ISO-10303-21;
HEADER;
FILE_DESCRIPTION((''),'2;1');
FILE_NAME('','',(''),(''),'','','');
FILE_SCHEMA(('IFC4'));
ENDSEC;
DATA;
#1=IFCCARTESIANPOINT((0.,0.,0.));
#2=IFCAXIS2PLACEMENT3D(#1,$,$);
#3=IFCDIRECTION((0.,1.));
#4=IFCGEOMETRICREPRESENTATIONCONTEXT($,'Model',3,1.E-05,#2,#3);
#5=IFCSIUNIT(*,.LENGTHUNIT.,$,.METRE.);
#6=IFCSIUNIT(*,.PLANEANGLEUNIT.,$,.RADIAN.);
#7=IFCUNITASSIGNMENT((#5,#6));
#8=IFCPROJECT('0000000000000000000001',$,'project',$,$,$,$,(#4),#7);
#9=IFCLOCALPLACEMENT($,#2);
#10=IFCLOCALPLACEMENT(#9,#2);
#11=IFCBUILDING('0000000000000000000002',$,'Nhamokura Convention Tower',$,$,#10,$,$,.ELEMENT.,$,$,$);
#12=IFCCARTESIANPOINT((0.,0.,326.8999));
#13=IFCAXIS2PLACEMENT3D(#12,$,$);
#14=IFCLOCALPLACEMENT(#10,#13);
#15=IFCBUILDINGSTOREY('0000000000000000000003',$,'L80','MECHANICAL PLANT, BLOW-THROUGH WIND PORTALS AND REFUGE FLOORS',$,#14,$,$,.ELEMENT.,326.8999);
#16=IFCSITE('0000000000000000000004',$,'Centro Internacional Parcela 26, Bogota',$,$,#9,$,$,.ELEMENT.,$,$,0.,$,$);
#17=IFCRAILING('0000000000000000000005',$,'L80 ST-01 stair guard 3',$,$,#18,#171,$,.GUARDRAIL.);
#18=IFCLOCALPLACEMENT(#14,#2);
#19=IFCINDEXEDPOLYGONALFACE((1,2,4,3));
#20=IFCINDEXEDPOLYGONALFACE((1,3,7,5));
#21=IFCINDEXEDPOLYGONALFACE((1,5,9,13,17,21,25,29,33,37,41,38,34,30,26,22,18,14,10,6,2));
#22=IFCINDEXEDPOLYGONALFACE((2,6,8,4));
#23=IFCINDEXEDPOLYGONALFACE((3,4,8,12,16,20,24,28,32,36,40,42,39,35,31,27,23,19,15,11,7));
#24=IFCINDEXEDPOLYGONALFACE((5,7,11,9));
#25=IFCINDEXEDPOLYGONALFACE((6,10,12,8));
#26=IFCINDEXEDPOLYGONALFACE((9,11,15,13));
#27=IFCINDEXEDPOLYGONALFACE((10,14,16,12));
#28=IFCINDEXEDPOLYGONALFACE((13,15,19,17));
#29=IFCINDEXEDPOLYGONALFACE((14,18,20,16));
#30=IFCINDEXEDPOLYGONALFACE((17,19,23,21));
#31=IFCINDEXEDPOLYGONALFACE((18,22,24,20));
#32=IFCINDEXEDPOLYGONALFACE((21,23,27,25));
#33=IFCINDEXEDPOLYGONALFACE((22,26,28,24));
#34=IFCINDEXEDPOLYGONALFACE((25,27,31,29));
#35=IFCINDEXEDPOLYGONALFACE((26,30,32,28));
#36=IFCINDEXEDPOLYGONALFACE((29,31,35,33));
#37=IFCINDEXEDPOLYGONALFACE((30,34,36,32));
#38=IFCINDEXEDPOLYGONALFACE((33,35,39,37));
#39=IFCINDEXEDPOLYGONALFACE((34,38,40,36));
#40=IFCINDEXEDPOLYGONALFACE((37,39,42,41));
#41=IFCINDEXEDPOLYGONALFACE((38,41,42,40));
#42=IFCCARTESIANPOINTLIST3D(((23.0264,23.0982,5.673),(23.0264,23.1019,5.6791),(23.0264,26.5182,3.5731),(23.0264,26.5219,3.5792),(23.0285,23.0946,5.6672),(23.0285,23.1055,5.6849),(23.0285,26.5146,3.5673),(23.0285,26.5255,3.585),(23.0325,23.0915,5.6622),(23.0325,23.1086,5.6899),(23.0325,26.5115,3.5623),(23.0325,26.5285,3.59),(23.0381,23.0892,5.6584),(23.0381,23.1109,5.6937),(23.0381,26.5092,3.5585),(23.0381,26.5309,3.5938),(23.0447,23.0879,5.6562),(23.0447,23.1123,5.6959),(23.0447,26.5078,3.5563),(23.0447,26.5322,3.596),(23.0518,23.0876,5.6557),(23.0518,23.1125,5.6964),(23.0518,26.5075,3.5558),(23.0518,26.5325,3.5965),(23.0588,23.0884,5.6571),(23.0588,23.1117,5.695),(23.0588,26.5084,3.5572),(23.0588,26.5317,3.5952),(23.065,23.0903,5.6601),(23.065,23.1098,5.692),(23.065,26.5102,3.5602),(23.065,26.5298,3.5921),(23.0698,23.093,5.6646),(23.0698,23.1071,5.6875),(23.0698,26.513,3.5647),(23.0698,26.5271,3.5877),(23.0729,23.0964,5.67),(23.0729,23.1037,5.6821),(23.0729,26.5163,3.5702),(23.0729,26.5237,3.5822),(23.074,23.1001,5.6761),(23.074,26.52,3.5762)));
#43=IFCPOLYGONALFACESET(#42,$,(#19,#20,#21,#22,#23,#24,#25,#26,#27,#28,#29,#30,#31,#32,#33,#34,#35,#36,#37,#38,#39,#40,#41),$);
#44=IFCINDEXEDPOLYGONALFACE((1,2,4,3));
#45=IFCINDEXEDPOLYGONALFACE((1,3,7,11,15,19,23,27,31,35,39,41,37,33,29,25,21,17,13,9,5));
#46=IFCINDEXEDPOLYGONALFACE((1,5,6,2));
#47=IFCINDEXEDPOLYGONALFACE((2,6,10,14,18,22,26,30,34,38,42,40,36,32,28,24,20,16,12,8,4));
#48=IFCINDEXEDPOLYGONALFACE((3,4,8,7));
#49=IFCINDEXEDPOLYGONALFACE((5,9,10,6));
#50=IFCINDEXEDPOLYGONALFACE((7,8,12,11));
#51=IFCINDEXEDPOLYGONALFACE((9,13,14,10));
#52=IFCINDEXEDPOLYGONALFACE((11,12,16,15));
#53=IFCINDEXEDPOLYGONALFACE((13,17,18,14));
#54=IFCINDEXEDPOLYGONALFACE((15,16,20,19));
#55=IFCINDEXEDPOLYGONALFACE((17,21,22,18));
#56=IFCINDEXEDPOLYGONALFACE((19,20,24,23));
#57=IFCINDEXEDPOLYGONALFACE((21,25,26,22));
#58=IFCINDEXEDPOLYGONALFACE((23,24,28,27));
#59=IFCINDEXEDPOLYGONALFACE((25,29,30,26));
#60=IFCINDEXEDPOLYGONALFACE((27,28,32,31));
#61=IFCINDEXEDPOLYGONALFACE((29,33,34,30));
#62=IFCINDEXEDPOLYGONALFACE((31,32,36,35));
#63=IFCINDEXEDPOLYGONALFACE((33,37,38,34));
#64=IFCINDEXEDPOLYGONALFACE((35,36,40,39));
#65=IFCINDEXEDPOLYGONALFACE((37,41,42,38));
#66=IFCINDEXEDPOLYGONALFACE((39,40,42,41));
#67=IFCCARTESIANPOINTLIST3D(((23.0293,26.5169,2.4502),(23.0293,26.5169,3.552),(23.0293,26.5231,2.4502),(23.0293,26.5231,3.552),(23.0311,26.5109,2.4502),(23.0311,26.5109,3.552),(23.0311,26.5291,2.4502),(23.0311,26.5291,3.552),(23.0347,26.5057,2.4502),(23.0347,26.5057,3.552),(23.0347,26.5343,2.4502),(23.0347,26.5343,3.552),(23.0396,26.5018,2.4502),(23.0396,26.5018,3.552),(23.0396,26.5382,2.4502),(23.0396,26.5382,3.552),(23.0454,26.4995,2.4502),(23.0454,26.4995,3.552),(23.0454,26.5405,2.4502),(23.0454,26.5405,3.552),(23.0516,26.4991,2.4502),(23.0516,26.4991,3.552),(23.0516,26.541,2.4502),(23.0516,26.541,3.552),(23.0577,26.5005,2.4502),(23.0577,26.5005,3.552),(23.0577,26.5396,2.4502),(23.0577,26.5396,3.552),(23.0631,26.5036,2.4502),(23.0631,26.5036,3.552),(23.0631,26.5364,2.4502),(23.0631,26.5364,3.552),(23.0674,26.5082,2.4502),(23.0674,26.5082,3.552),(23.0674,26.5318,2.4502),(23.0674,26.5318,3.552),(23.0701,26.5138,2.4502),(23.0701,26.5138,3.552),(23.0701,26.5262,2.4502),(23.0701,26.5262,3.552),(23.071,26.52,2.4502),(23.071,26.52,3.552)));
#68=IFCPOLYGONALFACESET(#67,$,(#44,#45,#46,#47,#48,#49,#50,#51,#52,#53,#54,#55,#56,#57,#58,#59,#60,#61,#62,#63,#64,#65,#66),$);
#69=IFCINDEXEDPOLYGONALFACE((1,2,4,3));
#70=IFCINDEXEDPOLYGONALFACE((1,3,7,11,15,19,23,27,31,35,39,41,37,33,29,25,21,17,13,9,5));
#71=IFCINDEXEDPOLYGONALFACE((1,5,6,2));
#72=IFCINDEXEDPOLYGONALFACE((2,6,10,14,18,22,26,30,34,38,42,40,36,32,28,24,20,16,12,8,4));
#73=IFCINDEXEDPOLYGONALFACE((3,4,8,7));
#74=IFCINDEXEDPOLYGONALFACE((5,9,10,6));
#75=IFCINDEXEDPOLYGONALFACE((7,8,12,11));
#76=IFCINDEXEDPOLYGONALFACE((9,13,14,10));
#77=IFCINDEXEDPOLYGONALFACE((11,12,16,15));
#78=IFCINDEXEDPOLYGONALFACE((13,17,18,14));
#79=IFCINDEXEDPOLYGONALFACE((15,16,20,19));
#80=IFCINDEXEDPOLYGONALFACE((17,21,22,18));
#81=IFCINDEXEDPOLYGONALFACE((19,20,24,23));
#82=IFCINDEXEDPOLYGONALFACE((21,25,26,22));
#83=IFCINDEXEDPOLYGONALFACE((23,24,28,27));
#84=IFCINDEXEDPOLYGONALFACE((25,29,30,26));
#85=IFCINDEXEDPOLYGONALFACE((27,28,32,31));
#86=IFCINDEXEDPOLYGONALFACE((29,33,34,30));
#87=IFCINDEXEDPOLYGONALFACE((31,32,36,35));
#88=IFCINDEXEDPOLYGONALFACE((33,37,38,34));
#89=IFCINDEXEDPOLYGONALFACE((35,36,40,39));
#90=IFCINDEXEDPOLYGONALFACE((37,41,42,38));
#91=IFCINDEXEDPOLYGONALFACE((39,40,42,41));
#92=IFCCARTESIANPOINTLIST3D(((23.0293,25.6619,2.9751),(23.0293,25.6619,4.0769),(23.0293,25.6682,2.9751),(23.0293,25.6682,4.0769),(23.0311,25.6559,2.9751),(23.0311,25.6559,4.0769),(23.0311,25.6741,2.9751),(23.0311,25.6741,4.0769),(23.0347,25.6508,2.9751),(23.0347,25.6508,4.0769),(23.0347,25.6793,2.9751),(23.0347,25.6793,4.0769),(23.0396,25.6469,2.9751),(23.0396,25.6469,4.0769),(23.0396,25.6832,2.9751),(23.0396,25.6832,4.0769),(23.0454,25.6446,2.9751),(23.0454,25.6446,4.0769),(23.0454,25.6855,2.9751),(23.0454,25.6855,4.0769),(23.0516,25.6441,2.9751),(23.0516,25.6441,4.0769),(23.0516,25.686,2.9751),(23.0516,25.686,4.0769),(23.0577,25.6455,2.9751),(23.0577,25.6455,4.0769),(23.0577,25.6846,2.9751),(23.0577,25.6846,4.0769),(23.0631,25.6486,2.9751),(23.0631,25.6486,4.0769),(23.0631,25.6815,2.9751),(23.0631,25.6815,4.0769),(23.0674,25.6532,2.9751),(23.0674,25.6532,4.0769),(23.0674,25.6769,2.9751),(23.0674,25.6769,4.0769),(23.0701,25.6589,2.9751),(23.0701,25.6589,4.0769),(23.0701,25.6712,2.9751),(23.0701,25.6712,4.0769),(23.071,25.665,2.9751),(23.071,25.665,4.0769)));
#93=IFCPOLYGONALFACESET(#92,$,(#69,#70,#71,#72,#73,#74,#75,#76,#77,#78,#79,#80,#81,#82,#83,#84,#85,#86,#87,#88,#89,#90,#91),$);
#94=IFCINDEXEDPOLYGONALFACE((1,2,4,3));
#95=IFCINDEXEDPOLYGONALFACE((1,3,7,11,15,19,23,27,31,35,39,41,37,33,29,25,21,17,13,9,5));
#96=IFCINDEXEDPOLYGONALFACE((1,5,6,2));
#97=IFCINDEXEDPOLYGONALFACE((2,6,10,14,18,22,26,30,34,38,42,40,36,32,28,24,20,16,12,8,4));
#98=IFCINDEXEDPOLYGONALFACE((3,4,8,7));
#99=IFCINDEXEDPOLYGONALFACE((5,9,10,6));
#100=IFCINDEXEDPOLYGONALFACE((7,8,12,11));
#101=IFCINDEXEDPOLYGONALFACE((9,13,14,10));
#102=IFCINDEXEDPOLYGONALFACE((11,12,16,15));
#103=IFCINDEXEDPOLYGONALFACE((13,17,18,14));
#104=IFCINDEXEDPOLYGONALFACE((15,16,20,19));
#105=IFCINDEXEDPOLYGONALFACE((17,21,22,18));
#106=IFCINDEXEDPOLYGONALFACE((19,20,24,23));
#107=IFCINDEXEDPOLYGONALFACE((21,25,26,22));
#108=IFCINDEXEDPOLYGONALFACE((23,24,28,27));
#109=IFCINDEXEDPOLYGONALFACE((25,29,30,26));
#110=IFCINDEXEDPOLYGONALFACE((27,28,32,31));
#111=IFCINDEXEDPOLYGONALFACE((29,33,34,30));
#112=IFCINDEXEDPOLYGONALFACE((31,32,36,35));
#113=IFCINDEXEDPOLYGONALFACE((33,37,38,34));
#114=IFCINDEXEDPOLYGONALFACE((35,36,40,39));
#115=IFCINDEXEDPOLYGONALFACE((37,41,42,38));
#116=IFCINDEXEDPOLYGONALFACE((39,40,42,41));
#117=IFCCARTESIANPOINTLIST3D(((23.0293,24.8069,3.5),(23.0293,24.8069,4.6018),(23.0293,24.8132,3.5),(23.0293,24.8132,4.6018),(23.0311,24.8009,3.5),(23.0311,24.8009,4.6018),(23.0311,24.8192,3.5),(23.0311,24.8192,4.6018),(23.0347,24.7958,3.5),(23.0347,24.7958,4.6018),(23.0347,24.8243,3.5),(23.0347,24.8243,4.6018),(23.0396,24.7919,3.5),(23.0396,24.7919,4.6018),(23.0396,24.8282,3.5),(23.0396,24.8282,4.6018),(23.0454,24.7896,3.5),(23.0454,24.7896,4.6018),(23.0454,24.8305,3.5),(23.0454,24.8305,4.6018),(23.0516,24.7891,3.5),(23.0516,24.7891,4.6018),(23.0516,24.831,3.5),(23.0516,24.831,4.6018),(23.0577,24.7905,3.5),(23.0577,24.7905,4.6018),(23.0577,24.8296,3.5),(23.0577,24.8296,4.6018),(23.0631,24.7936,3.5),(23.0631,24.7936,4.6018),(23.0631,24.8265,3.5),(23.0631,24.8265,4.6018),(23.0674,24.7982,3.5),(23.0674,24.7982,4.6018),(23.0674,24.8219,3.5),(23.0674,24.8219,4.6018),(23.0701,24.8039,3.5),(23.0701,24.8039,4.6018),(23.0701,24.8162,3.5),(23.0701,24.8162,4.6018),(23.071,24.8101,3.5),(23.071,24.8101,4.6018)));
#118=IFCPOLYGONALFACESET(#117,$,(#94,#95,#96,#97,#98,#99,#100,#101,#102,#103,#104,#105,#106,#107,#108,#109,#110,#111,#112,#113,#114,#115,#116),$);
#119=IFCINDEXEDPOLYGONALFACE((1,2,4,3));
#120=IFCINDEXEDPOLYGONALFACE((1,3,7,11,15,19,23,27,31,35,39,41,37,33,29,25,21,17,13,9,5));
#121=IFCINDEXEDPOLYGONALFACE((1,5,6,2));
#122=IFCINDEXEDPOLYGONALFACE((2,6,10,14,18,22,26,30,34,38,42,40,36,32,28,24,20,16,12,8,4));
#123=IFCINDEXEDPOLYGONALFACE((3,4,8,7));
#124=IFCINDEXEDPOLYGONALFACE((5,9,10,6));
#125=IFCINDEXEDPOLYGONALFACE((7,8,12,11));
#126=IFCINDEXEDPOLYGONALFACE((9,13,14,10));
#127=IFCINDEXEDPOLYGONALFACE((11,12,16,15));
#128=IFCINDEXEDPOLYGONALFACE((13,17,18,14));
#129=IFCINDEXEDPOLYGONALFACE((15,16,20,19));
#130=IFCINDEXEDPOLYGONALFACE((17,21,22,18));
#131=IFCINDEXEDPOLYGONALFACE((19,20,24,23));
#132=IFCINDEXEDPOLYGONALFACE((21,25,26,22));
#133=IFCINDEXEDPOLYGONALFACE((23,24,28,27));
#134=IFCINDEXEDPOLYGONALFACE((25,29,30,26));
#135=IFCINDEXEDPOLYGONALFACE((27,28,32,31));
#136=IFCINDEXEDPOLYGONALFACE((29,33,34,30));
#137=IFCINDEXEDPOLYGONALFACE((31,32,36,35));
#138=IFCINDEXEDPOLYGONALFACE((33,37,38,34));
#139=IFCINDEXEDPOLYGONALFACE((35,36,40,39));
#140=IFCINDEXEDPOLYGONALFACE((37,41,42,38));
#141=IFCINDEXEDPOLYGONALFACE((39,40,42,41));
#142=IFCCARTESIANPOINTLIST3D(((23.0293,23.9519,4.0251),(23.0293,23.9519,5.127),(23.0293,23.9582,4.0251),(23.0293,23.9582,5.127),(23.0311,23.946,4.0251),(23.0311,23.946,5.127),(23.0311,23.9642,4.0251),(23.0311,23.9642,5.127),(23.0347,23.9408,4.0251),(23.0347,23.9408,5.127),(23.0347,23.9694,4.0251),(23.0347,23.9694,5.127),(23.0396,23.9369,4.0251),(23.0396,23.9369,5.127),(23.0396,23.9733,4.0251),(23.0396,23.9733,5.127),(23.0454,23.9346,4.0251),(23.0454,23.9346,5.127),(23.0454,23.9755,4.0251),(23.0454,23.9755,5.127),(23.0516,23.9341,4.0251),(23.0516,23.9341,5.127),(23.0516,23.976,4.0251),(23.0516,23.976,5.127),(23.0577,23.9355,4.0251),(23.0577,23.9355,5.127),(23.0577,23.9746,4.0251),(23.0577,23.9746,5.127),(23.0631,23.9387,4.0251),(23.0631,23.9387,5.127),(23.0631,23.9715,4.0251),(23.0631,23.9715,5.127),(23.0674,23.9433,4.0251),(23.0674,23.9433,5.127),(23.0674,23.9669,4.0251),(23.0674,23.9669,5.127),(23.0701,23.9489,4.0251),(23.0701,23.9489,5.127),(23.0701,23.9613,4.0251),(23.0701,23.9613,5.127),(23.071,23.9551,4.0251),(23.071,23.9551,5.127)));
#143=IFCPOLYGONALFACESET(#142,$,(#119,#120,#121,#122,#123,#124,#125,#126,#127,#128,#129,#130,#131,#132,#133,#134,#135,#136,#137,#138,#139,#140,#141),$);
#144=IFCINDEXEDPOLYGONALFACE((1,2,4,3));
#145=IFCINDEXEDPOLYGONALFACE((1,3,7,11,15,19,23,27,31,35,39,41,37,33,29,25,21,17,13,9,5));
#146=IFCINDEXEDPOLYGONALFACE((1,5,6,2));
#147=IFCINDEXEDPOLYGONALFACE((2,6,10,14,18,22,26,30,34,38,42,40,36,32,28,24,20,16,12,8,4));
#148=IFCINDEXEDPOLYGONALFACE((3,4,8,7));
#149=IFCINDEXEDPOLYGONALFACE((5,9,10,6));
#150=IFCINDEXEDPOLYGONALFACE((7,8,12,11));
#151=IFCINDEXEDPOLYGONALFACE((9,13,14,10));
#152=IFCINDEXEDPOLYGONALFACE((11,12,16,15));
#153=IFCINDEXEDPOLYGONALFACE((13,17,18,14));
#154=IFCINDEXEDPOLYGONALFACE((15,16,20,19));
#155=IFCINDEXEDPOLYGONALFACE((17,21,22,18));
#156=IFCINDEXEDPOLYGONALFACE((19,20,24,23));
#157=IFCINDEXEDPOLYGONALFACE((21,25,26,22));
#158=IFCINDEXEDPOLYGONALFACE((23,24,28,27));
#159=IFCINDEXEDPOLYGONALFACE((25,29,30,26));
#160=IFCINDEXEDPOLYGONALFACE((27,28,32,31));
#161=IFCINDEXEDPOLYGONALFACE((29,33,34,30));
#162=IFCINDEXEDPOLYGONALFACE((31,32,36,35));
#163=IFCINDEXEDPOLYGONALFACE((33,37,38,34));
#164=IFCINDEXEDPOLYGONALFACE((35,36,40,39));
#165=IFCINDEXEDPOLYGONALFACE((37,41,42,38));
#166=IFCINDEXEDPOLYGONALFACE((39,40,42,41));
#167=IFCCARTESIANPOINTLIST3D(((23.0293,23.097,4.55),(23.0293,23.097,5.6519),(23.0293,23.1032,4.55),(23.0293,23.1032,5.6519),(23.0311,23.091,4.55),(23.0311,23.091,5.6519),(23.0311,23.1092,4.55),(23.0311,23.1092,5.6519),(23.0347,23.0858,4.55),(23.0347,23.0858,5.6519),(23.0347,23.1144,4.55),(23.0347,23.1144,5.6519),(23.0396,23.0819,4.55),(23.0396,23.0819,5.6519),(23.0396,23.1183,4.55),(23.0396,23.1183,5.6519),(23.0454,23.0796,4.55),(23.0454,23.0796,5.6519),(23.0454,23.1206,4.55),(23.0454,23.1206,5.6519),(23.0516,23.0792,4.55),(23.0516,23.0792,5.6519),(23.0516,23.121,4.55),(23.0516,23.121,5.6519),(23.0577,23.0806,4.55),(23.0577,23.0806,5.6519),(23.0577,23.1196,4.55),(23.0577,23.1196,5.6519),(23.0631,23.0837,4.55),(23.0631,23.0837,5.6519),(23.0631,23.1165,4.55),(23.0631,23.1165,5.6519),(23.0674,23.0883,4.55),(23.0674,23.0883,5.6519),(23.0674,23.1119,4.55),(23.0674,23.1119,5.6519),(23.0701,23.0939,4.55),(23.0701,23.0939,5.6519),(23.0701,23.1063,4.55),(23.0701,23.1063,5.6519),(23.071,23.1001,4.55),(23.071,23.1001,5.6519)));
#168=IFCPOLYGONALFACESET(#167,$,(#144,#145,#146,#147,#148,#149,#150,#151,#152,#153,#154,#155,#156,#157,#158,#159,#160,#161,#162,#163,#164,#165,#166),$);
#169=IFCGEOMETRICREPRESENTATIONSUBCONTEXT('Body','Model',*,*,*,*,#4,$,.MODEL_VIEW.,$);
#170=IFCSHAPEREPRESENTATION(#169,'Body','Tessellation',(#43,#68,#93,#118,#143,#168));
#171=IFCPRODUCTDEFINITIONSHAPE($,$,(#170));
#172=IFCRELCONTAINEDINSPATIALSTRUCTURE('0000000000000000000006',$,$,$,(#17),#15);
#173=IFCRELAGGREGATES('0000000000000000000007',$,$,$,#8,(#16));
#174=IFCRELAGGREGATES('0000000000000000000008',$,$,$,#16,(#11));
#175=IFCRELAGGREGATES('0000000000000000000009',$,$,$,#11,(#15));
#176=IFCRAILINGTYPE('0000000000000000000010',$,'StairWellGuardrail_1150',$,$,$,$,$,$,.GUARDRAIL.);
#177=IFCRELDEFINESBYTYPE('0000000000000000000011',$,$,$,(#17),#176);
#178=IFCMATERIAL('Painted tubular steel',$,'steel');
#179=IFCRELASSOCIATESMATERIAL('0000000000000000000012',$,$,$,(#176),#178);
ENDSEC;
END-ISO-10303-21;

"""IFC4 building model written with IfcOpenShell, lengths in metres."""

from ifc_helpers import new_model, si_unit, direction, frame, origin, origin_2d, place, context, subcontext, project, spatial, circle, extrude, material, type_object, element, save


model = new_model("IFC4")

# Units and contexts
model_context = context("Model", 3, precision=1e-05, world=origin(), true_north=direction((0.0, 1.0)))
body_context = subcontext(model_context, "Body", "Model", "MODEL_VIEW")
ifc_project = project(units=[si_unit("LENGTHUNIT", "METRE"), si_unit("PLANEANGLEUNIT", "RADIAN")], contexts=[model_context])

# Site, building, storey
site_placement = place(None, origin())
site = spatial("IfcSite", under=ifc_project, at=site_placement, Name="Centro Internacional Parcela 26, Bogota", CompositionType="ELEMENT", RefElevation=0.0)
building_placement = place(site_placement, origin())
building = spatial("IfcBuilding", under=site, at=building_placement, Name="Nhamokura Convention Tower", CompositionType="ELEMENT")
storey_placement = place(building_placement, frame((0.0, 0.0, 326.8999)))
storey = spatial("IfcBuildingStorey", under=building, at=storey_placement, Name="L80", Description="MECHANICAL PLANT, BLOW-THROUGH WIND PORTALS AND REFUGE FLOORS", CompositionType="ELEMENT", Elevation=326.8999)

# Railing
ifc_material_1 = material(Name="Painted tubular steel", Category="steel")
railing_type_1 = type_object("IfcRailingType", Name="StairWellGuardrail_1150", PredefinedType="GUARDRAIL", material=ifc_material_1)
railing_1_placement = place(storey_placement, frame((23.05, 26.52, 2.4502)))
element("IfcRailing", 1, at=railing_1_placement, inside=storey, type_object=railing_type_1, Name="L80 ST-01 stair guard 3", PredefinedType="GUARDRAIL", context=body_context, shape_type="SweptSolid", body=[
    extrude(circle(Radius=0.0239, at=origin_2d()), frame((0.0, 0.0, 1.126), z_axis=(0.0, -0.852182, 0.523245), x_axis=(1.0, 0.0, 0.0)), (0.0, 0.0, 1.0), 4.0132),
    extrude(circle(Radius=0.021, at=origin_2d()), origin(), (0.0, 0.0, 1.0), 1.1018),
    extrude(circle(Radius=0.021, at=origin_2d()), frame((0.0, -0.855, 0.5249)), (0.0, 0.0, 1.0), 1.1018),
    extrude(circle(Radius=0.021, at=origin_2d()), frame((0.0, -1.71, 1.0498)), (0.0, 0.0, 1.0), 1.1018),
    extrude(circle(Radius=0.021, at=origin_2d()), frame((0.0, -2.5649, 1.575)), (0.0, 0.0, 1.0), 1.1018),
    extrude(circle(Radius=0.021, at=origin_2d()), frame((0.0, -3.4199, 2.0999)), (0.0, 0.0, 1.0), 1.1018),
])

save(model, "model.ifc")
